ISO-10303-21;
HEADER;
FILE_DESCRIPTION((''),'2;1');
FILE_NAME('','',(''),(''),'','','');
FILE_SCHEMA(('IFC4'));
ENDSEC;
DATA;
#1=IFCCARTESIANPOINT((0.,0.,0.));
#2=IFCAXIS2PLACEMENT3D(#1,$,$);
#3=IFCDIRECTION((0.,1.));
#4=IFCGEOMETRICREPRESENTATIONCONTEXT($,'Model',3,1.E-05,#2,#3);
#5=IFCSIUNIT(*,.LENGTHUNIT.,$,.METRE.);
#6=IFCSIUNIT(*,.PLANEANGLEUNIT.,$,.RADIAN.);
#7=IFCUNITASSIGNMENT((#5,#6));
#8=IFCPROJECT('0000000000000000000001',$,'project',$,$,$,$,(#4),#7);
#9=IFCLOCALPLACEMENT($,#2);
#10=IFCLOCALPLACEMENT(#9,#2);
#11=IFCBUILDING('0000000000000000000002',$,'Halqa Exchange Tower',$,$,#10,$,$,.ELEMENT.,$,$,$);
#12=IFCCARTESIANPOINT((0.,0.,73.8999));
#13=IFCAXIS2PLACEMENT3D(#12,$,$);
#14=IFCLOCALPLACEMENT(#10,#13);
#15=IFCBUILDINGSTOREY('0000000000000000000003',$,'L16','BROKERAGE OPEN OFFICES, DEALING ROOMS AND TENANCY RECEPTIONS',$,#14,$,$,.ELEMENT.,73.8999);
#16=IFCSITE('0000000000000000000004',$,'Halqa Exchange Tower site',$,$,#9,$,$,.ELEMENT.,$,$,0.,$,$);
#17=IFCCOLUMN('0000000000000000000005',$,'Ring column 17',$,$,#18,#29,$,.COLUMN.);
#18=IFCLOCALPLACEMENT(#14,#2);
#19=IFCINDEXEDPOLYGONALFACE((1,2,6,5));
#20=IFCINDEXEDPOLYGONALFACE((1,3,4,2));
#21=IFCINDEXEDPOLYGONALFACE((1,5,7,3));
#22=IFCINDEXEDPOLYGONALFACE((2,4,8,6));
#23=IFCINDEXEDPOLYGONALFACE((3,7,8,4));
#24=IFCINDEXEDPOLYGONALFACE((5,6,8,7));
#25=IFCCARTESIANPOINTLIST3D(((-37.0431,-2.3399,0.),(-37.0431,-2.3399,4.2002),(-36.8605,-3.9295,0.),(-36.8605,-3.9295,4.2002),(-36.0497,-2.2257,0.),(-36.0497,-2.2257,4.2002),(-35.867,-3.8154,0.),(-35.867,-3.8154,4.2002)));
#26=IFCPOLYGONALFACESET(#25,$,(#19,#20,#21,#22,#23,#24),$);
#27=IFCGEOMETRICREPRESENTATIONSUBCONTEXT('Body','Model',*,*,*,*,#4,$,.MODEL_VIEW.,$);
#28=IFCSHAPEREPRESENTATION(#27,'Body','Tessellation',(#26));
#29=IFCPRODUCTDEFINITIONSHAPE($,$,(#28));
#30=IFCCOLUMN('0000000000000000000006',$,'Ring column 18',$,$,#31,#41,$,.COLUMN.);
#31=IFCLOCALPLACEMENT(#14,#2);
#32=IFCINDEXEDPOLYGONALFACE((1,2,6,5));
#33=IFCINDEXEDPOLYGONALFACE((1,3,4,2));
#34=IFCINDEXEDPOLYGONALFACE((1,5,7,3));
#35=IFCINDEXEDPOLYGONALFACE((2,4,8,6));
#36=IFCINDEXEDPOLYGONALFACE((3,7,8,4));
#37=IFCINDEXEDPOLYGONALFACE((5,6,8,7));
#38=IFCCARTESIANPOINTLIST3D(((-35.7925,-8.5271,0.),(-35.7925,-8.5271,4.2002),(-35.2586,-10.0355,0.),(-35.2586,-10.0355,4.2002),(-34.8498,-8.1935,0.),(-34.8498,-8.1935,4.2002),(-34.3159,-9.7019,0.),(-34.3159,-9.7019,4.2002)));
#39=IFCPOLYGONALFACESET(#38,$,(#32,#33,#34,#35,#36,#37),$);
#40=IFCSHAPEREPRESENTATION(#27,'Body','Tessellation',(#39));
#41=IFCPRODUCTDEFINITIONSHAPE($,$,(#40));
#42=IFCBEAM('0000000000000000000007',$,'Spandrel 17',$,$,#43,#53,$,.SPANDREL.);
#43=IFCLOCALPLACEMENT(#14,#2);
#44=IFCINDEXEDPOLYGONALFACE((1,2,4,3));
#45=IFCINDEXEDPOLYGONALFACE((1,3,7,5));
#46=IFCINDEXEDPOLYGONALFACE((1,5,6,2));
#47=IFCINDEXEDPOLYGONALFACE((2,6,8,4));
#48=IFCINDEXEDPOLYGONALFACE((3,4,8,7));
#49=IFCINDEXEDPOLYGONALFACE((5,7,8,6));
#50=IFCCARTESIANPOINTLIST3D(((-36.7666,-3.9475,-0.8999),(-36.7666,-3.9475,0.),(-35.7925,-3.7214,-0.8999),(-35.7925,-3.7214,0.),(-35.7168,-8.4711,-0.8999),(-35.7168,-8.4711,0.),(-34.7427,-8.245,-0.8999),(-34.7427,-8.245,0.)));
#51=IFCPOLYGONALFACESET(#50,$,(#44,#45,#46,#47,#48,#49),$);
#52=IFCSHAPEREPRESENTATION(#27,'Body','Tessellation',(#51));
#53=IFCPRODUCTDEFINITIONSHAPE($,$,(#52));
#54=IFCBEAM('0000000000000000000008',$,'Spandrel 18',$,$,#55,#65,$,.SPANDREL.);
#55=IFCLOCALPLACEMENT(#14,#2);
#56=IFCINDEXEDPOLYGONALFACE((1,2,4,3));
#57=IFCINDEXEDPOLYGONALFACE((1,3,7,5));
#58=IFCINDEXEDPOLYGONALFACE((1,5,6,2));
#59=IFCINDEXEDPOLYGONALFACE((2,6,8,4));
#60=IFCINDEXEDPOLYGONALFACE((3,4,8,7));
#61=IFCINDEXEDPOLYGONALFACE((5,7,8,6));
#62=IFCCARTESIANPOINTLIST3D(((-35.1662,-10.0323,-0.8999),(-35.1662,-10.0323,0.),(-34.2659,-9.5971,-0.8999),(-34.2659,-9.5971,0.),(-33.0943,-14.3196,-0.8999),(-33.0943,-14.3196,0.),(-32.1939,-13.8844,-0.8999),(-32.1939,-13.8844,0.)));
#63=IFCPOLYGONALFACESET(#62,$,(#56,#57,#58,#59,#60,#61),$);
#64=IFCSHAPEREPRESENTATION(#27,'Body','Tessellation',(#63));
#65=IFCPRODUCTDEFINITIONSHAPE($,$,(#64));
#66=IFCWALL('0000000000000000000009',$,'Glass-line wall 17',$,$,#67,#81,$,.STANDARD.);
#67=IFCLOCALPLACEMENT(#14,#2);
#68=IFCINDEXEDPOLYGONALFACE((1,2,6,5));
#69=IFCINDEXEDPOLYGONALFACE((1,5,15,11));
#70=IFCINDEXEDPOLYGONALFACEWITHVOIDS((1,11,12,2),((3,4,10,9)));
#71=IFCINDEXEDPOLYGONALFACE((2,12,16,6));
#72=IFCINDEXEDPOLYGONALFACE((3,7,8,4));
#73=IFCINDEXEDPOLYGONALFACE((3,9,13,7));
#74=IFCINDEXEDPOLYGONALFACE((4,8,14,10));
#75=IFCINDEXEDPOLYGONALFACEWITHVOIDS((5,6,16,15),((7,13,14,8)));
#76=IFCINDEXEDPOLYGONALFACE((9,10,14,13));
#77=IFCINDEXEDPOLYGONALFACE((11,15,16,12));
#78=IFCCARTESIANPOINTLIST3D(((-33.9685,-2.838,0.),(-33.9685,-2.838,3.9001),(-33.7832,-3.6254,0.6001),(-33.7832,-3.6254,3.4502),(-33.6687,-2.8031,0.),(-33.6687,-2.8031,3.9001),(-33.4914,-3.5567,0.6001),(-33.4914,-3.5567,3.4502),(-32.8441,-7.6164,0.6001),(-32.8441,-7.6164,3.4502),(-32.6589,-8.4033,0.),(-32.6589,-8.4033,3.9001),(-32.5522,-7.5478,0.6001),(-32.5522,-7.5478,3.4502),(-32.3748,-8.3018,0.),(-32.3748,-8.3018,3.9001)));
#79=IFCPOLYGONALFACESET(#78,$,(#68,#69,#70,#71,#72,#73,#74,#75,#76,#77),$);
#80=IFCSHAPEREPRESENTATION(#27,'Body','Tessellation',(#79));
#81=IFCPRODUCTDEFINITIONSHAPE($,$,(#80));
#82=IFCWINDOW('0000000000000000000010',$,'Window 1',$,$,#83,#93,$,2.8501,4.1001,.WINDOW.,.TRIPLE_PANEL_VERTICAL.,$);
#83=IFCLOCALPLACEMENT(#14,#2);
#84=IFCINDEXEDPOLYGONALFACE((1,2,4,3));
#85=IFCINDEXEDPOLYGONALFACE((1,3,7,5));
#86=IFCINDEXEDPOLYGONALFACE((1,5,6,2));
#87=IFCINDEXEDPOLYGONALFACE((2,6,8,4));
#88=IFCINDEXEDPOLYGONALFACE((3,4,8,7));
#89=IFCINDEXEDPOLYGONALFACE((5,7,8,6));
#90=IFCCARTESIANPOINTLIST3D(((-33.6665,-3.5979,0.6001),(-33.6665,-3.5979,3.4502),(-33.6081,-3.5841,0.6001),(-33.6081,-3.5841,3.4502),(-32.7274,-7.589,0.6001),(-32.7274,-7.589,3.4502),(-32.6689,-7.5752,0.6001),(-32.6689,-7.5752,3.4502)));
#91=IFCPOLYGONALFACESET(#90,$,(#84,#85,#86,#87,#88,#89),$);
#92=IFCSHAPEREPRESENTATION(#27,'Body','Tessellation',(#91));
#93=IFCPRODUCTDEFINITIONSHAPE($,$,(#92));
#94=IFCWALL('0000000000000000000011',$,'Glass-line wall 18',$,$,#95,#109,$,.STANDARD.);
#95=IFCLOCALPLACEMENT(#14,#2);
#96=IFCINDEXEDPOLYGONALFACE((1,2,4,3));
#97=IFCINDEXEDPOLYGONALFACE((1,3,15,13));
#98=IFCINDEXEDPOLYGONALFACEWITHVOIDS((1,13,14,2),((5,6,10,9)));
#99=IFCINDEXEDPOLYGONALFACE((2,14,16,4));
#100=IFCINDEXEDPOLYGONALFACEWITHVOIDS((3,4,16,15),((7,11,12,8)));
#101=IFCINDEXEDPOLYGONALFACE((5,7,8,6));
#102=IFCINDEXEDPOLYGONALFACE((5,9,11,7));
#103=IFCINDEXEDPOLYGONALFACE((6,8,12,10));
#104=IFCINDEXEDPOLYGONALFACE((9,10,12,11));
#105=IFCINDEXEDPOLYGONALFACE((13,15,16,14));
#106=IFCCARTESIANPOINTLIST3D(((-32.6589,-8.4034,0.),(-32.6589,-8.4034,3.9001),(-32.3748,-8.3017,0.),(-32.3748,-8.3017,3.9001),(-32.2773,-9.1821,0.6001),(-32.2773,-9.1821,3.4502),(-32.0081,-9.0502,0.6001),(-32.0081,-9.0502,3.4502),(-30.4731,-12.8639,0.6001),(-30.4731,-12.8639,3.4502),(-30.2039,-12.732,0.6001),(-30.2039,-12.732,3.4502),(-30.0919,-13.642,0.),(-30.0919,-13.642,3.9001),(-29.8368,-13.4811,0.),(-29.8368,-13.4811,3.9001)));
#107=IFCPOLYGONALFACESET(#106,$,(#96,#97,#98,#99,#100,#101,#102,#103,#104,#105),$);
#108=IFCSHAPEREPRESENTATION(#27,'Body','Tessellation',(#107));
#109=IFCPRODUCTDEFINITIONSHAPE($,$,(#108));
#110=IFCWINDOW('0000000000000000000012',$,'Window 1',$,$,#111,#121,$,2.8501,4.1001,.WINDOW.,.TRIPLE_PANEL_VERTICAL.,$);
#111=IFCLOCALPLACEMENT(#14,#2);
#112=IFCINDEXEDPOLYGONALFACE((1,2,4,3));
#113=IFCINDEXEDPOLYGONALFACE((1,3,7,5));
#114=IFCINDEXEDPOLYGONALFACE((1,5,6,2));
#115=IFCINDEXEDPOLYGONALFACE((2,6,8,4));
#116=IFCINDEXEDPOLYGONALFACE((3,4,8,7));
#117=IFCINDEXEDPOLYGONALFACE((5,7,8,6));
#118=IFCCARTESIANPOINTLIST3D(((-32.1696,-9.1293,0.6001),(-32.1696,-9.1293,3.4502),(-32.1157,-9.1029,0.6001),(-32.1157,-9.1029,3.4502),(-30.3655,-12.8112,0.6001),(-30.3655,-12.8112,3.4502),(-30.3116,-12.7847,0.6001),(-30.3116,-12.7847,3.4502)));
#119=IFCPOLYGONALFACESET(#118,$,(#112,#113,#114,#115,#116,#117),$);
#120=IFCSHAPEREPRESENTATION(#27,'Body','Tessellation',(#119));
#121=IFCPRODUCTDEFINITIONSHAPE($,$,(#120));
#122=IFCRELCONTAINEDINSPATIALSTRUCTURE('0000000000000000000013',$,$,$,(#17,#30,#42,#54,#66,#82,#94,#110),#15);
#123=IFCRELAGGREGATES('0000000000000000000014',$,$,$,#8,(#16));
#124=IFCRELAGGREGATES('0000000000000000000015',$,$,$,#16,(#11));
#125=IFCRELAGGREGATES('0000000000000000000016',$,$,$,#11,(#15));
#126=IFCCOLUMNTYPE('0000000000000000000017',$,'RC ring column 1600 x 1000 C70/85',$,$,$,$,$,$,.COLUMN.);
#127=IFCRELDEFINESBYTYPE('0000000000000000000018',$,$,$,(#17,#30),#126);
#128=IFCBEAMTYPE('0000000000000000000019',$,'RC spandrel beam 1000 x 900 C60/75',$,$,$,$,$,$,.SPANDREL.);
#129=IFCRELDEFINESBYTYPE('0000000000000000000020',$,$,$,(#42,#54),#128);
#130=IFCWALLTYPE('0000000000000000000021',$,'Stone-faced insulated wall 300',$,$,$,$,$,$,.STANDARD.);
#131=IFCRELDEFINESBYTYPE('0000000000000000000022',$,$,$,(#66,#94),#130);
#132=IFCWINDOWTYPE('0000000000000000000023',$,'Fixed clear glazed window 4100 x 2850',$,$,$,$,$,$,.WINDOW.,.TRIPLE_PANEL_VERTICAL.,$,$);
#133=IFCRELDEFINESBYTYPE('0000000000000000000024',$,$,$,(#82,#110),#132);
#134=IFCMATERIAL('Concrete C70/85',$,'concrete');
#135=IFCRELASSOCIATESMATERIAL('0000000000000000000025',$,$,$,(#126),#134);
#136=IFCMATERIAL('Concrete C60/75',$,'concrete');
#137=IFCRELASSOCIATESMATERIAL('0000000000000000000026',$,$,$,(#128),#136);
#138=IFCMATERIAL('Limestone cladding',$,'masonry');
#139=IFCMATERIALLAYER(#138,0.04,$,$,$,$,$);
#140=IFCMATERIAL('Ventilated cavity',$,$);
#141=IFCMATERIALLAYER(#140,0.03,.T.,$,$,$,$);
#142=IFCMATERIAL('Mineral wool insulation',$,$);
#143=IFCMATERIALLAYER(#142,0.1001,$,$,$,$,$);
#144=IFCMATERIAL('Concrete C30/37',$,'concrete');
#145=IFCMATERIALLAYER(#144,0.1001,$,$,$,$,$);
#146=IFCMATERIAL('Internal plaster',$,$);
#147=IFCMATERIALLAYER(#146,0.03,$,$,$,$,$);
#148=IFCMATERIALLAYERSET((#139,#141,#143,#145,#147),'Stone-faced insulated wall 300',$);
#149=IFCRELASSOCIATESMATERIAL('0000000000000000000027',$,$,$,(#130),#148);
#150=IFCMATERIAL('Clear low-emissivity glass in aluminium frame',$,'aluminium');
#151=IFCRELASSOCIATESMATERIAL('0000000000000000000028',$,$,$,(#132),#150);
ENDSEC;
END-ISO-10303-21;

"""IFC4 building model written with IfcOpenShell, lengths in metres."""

from ifc_helpers import new_model, si_unit, direction, frame, frame_2d, origin, origin_2d, place, context, subcontext, project, spatial, polyline, rectangle, outline, extrude, material, layer, layer_set, material_profile, profile_set, type_object, element, fill, save


model = new_model("IFC4")

# Units and contexts
model_context = context("Model", 3, precision=1e-05, world=origin(), true_north=direction((0.0, 1.0)))
body_context = subcontext(model_context, "Body", "Model", "MODEL_VIEW")
ifc_project = project(units=[si_unit("LENGTHUNIT", "METRE"), si_unit("PLANEANGLEUNIT", "RADIAN")], contexts=[model_context])

# Site, building, storey
site_placement = place(None, origin())
site = spatial("IfcSite", under=ifc_project, at=site_placement, Name="Halqa Exchange Tower site", CompositionType="ELEMENT", RefElevation=0.0)
building_placement = place(site_placement, origin())
building = spatial("IfcBuilding", under=site, at=building_placement, Name="Halqa Exchange Tower", CompositionType="ELEMENT")
storey_placement = place(building_placement, frame((0.0, 0.0, 73.8999)))
storey = spatial("IfcBuildingStorey", under=building, at=storey_placement, Name="L16", Description="BROKERAGE OPEN OFFICES, DEALING ROOMS AND TENANCY RECEPTIONS", CompositionType="ELEMENT", Elevation=73.8999)

# Columns
ifc_material_1 = material(Name="Concrete C70/85", Category="concrete")
ifc_material_profile_1 = material_profile(ifc_material_1, rectangle(XDim=1.6001, YDim=1.0, at=origin_2d()), Name="1600 x 1000")
ifc_profile_set_1 = profile_set([ifc_material_profile_1], Name="Concrete C70/85")
column_type = type_object("IfcColumnType", Name="RC ring column 1600 x 1000 C70/85", PredefinedType="COLUMN", material=ifc_profile_set_1)
for number, where, z_axis, x_axis, name in (
    (1, (-36.4551, -3.0776, 0.0), (0.0, 0.0, 1.0), (0.114152, -0.993463, 0.0), "Ring column 17"),
    (2, (-35.0542, -9.1145, 0.0), (0.0, 0.0, 1.0), (0.333624, -0.942706, 0.0), "Ring column 18"),
):
    element("IfcColumn", number, at=place(storey_placement, frame(where, z_axis=z_axis, x_axis=x_axis)), inside=storey, type_object=column_type, Name=name, PredefinedType="COLUMN", context=body_context, shape_type="SweptSolid", body=[
        extrude(rectangle(XDim=1.6001, YDim=1.0, at=origin_2d()), origin(), (0.0, 0.0, 1.0), 4.2002),
    ])

# Beams
ifc_material_2 = material(Name="Concrete C60/75", Category="concrete")
ifc_material_profile_2 = material_profile(ifc_material_2, rectangle(XDim=1.0, YDim=0.8999, at=origin_2d()), Name="1000 x 900")
ifc_profile_set_2 = profile_set([ifc_material_profile_2], Name="Concrete C60/75")
beam_type = type_object("IfcBeamType", Name="RC spandrel beam 1000 x 900 C60/75", PredefinedType="SPANDREL", material=ifc_profile_set_2)
beam_1_placement = place(storey_placement, frame((-36.2795, -3.8345, -0.45), z_axis=(0.226061, -0.974113, 0.0), x_axis=(0.974113, 0.226061, 0.0)))
element("IfcBeam", 3, at=beam_1_placement, inside=storey, type_object=beam_type, Name="Spandrel 17", PredefinedType="SPANDREL", context=body_context, shape_type="SweptSolid", body=[
    extrude(rectangle(XDim=1.0, YDim=0.8999, at=origin_2d()), origin(), (0.0, 0.0, 1.0), 4.6438),
])
beam_2_placement = place(storey_placement, frame((-34.7161, -9.8147, -0.45), z_axis=(0.435135, -0.900365, 0.0), x_axis=(0.900365, 0.435135, 0.0)))
element("IfcBeam", 4, at=beam_2_placement, inside=storey, type_object=beam_type, Name="Spandrel 18", PredefinedType="SPANDREL", context=body_context, shape_type="SweptSolid", body=[
    extrude(rectangle(XDim=1.0, YDim=0.8999, at=origin_2d()), origin(), (0.0, 0.0, 1.0), 4.7617),
])

# Walls, openings, windows
ifc_material_3 = material(Name="Limestone cladding", Category="masonry")
ifc_layer_1 = layer(ifc_material_3, 0.04)
ifc_material_4 = material(Name="Ventilated cavity")
ifc_layer_2 = layer(ifc_material_4, 0.03, ventilated=True)
ifc_material_5 = material(Name="Mineral wool insulation")
ifc_layer_3 = layer(ifc_material_5, 0.1001)
ifc_material_6 = material(Name="Concrete C30/37", Category="concrete")
ifc_layer_4 = layer(ifc_material_6, 0.1001)
ifc_material_7 = material(Name="Internal plaster")
ifc_layer_5 = layer(ifc_material_7, 0.03)
ifc_layer_set = layer_set([ifc_layer_1, ifc_layer_2, ifc_layer_3, ifc_layer_4, ifc_layer_5], Name="Stone-faced insulated wall 300")
wall_type = type_object("IfcWallType", Name="Stone-faced insulated wall 300", PredefinedType="STANDARD", material=ifc_layer_set)
wall_1_placement = place(storey_placement, frame((-33.8186, -2.8206, 0.0), z_axis=(0.0, 0.0, 1.0), x_axis=(0.229058, -0.973413, 0.0)))
wall_1 = element("IfcWall", 5, at=wall_1_placement, inside=storey, type_object=wall_type, Name="Glass-line wall 17", PredefinedType="STANDARD", context=body_context, shape_type="SweptSolid", body=[
    extrude(outline(polyline([(-0.0173, -0.1499), (5.7, -0.1499), (5.6663, 0.1499), (0.0173, 0.1499), (-0.0173, -0.1499)])), origin(), (0.0, 0.0, 1.0), 3.9001),
])
opening_1_placement = place(wall_1_placement, frame((0.7915, 0.0, 0.6001)))
opening_1 = element("IfcOpeningElement", 6, at=opening_1_placement, cuts=wall_1, PredefinedType="OPENING", context=body_context, shape_type="SweptSolid", body=[
    extrude(rectangle(XDim=4.1001, YDim=2.8501, at=frame_2d((2.05, 1.425))), frame((0.0, 0.1621, 0.0), z_axis=(0.0, -1.0, 0.0), x_axis=(1.0, 0.0, 0.0)), (0.0, 0.0, 1.0), 0.324),
])
ifc_material_8 = material(Name="Clear low-emissivity glass in aluminium frame", Category="aluminium")
window_type = type_object("IfcWindowType", Name="Fixed clear glazed window 4100 x 2850", PartitioningType="TRIPLE_PANEL_VERTICAL", PredefinedType="WINDOW", material=ifc_material_8)
window_1_placement = place(opening_1_placement, origin())
window_1 = element("IfcWindow", 7, at=window_1_placement, inside=storey, type_object=window_type, Name="Window 1", OverallHeight=2.8501, OverallWidth=4.1001, PartitioningType="TRIPLE_PANEL_VERTICAL", PredefinedType="WINDOW", context=body_context, shape_type="SweptSolid", body=[
    extrude(rectangle(XDim=4.1001, YDim=2.8501, at=frame_2d((2.05, 1.425))), frame((0.0, 0.03, 0.0), z_axis=(0.0, -1.0, 0.0), x_axis=(1.0, 0.0, 0.0)), (0.0, 0.0, 1.0), 0.0601),
])
fill(opening_1, window_1)
wall_2_placement = place(storey_placement, frame((-32.5168, -8.3525, 0.0), z_axis=(0.0, 0.0, 1.0), x_axis=(0.440027, -0.897984, 0.0)))
wall_2 = element("IfcWall", 8, at=wall_2_placement, inside=storey, type_object=wall_type, Name="Glass-line wall 18", PredefinedType="STANDARD", context=body_context, shape_type="SweptSolid", body=[
    extrude(outline(polyline([(-0.0168, -0.1499), (5.8169, -0.1499), (5.7847, 0.1499), (0.0168, 0.1499), (-0.0168, -0.1499)])), origin(), (0.0, 0.0, 1.0), 3.9001),
])
opening_2_placement = place(wall_2_placement, frame((0.8503, 0.0, 0.6001)))
opening_2 = element("IfcOpeningElement", 9, at=opening_2_placement, cuts=wall_2, PredefinedType="OPENING", context=body_context, shape_type="SweptSolid", body=[
    extrude(rectangle(XDim=4.1001, YDim=2.8501, at=frame_2d((2.05, 1.425))), frame((0.0, 0.1621, 0.0), z_axis=(0.0, -1.0, 0.0), x_axis=(1.0, 0.0, 0.0)), (0.0, 0.0, 1.0), 0.324),
])
window_2_placement = place(opening_2_placement, origin())
window_2 = element("IfcWindow", 10, at=window_2_placement, inside=storey, type_object=window_type, Name="Window 1", OverallHeight=2.8501, OverallWidth=4.1001, PartitioningType="TRIPLE_PANEL_VERTICAL", PredefinedType="WINDOW", context=body_context, shape_type="SweptSolid", body=[
    extrude(rectangle(XDim=4.1001, YDim=2.8501, at=frame_2d((2.05, 1.425))), frame((0.0, 0.03, 0.0), z_axis=(0.0, -1.0, 0.0), x_axis=(1.0, 0.0, 0.0)), (0.0, 0.0, 1.0), 0.0601),
])
fill(opening_2, window_2)

save(model, "model.ifc")
